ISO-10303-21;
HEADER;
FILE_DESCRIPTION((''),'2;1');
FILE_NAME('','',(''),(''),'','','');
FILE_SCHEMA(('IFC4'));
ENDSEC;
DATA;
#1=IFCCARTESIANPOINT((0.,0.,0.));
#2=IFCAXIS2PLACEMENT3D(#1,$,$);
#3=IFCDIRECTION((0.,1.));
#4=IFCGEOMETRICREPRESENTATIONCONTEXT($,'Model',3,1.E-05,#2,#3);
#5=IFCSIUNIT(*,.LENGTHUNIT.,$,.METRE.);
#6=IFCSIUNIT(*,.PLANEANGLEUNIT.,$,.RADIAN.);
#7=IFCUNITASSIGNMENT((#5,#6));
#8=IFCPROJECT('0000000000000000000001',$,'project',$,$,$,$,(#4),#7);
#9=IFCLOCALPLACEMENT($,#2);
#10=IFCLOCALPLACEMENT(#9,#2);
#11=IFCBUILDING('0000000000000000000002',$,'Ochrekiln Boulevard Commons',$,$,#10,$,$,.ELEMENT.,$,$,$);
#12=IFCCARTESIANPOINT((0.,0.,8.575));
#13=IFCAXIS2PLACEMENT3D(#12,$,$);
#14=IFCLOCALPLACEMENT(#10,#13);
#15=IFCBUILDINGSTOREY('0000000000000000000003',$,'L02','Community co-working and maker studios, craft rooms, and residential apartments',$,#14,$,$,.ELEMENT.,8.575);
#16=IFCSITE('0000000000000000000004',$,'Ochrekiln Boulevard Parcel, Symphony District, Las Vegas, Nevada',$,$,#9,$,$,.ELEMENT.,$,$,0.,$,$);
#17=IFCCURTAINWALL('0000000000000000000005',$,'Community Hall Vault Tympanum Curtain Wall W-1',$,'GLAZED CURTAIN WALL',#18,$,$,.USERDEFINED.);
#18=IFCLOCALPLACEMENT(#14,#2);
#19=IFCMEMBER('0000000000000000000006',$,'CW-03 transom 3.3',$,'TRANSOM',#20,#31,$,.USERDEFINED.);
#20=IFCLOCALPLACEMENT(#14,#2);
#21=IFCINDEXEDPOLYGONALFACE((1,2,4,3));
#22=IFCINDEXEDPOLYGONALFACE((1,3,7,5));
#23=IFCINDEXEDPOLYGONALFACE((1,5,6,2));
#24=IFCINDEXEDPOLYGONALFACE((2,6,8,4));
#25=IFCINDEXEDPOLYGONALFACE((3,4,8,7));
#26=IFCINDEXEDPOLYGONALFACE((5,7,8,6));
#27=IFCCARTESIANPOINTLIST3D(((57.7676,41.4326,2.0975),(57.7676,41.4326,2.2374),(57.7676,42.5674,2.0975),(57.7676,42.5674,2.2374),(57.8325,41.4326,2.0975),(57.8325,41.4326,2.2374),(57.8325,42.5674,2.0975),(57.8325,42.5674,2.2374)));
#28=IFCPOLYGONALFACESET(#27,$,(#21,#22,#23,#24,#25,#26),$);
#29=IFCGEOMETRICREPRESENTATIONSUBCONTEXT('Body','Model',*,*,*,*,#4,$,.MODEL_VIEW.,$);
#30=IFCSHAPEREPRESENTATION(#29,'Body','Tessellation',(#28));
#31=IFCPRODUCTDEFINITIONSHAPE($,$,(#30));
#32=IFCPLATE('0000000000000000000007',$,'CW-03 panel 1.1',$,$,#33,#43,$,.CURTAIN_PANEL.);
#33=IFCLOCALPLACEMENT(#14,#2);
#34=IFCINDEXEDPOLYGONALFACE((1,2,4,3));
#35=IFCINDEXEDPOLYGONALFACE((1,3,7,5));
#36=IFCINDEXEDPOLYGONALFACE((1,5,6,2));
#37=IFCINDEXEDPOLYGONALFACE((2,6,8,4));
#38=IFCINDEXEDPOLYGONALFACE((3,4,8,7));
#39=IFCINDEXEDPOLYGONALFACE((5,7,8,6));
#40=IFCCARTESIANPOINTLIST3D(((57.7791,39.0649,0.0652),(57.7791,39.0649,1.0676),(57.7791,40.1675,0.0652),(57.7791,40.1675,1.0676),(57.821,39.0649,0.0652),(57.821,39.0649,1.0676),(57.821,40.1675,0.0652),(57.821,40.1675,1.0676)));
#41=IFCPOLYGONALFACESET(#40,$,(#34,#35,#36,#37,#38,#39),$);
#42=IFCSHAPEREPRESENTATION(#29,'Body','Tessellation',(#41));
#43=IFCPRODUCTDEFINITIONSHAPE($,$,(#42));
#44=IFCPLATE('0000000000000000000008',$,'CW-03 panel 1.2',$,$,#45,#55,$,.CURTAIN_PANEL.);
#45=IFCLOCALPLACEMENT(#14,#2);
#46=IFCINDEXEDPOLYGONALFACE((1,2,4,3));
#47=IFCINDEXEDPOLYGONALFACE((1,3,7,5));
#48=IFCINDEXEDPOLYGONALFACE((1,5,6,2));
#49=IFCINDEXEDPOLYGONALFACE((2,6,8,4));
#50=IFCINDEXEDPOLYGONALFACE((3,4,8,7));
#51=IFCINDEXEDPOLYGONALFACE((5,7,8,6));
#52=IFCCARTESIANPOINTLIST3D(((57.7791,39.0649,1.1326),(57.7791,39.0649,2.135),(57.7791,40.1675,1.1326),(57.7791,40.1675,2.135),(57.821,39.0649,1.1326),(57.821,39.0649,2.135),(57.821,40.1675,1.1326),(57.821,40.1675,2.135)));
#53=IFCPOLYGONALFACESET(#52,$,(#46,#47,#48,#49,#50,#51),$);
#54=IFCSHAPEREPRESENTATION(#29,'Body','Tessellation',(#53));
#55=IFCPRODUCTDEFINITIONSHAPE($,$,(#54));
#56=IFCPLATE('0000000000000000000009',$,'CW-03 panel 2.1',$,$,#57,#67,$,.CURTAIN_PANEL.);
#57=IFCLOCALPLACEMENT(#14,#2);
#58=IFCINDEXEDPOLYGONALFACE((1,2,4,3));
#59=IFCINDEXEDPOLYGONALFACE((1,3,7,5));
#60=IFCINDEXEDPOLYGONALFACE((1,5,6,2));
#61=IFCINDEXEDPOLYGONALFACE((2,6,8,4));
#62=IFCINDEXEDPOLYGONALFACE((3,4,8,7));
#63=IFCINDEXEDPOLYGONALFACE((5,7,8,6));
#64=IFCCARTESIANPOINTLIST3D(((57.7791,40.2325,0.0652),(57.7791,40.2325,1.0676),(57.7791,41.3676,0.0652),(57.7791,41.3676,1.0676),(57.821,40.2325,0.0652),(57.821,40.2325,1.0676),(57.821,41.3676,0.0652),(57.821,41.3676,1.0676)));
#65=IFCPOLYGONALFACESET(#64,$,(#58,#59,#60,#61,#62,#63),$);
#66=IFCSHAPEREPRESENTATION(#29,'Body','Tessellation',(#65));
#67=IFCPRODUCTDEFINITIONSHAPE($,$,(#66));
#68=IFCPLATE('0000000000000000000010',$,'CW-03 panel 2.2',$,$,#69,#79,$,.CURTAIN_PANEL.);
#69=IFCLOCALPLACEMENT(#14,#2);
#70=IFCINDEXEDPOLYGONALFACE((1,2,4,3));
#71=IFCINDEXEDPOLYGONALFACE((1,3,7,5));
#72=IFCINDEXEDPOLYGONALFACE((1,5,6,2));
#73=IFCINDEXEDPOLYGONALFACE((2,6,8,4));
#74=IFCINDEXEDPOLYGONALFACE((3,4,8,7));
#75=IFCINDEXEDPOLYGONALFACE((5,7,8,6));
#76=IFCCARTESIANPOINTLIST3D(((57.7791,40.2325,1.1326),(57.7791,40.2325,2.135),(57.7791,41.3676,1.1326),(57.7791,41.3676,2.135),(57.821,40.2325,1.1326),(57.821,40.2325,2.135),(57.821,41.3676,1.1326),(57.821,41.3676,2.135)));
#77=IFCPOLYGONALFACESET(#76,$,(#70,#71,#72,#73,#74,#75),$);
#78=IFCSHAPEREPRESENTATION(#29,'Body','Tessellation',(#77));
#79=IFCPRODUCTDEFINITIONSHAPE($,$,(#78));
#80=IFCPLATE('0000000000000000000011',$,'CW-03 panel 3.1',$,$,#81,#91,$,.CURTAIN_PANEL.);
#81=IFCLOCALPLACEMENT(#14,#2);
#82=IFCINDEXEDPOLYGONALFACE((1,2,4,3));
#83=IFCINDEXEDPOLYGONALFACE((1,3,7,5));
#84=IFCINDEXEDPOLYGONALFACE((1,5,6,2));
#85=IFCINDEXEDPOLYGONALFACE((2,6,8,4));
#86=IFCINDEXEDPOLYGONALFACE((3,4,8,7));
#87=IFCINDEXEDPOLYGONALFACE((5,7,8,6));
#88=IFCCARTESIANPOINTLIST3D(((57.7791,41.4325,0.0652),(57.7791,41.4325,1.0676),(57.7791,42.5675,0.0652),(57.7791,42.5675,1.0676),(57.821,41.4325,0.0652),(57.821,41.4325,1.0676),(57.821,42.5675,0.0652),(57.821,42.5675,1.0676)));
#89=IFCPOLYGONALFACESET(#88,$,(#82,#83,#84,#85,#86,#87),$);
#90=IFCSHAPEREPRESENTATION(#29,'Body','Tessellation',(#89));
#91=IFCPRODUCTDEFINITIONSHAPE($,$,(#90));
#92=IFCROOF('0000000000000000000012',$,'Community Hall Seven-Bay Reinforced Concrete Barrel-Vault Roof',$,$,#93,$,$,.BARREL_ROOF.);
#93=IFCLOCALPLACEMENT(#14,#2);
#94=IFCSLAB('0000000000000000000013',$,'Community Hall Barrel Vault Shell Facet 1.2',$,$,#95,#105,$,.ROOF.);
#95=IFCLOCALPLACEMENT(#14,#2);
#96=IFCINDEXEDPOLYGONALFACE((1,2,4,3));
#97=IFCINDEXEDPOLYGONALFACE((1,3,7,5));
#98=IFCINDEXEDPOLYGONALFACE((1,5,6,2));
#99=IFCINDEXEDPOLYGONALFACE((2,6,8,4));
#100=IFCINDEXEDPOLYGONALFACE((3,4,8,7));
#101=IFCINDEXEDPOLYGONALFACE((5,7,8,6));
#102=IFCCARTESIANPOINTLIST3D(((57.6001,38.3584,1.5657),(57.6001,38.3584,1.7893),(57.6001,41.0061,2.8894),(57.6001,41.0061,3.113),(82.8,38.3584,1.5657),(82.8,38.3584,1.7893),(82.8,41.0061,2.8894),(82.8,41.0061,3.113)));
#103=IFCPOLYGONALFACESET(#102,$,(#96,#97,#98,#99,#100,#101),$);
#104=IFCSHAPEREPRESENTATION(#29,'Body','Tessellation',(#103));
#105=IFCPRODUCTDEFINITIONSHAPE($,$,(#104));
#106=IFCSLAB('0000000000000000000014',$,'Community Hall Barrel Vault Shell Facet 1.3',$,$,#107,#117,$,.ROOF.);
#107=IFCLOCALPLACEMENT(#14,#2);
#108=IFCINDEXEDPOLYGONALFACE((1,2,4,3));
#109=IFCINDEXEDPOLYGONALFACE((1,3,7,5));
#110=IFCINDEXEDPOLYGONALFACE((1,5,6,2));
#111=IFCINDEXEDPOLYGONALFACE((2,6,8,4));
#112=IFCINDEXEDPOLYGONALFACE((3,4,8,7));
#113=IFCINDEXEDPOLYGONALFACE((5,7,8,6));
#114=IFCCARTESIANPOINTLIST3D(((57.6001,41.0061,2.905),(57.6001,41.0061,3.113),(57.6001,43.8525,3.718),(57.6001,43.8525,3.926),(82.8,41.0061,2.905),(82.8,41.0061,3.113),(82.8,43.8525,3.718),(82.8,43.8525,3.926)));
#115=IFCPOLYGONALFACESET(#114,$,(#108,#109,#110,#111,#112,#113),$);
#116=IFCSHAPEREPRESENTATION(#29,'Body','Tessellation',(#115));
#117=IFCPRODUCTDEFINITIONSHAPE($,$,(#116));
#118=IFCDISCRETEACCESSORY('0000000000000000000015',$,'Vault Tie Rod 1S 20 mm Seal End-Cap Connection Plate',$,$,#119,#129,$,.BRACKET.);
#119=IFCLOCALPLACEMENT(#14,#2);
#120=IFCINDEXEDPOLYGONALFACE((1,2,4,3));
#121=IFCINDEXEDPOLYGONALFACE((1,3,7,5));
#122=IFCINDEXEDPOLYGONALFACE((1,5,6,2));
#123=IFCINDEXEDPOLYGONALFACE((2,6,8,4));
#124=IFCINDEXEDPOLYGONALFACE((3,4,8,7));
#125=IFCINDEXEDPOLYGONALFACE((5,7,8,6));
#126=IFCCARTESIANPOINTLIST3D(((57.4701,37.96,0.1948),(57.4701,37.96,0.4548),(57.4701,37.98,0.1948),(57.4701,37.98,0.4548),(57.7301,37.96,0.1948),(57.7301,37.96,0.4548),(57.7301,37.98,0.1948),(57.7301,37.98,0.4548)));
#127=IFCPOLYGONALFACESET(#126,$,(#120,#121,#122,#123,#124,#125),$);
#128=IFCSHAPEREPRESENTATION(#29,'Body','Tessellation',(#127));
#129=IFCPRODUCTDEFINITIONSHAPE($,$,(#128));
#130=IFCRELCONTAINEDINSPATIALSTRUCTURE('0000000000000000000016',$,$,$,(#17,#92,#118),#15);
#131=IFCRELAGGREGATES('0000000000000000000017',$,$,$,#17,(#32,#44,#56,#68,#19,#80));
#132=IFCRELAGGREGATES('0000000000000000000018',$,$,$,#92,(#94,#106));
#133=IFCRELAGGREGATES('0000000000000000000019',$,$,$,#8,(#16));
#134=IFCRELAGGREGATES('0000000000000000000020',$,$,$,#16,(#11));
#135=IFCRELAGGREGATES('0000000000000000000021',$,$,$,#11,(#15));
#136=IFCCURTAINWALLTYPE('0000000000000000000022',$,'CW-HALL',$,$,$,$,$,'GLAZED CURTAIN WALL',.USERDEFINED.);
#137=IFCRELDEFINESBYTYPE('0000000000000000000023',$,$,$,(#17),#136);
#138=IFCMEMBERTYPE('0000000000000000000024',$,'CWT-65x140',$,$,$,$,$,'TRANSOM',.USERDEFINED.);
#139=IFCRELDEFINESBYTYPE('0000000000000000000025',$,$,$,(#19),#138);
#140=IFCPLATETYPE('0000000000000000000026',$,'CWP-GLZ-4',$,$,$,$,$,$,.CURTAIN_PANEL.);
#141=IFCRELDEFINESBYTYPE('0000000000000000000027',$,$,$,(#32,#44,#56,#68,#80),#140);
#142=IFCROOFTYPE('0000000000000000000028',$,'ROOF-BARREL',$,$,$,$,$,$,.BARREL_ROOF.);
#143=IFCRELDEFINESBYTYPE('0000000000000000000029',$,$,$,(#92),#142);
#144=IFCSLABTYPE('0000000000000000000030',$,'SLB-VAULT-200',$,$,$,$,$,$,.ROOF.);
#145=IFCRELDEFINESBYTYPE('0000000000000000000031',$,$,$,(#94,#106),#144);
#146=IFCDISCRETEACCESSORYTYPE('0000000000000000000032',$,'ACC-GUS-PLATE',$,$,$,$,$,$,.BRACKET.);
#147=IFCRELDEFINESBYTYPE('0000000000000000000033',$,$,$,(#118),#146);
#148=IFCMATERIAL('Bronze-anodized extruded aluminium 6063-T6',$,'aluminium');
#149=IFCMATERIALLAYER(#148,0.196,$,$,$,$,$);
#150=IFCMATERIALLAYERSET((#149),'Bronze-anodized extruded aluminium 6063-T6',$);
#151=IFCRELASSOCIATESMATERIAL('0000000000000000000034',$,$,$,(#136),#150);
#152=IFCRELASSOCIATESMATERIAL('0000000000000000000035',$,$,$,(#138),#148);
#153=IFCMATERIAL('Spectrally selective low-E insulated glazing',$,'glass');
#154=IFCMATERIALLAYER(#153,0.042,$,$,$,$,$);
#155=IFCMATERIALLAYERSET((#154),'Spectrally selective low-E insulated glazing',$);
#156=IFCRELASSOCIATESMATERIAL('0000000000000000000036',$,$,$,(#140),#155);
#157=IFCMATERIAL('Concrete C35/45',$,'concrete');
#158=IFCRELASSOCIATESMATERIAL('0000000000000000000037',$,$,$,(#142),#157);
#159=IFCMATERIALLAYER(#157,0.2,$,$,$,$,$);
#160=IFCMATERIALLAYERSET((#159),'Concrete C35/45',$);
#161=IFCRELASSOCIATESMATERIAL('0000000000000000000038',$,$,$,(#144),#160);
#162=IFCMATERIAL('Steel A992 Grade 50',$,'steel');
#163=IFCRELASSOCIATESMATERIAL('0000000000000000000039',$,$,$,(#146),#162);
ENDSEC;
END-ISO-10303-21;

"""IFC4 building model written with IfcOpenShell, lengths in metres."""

from ifc_helpers import new_model, si_unit, direction, frame, origin, origin_2d, place, context, subcontext, project, spatial, polyline, rectangle, outline, extrude, material, layer, layer_set, material_profile, profile_set, type_object, element, aggregate, save


model = new_model("IFC4")

# Units and contexts
model_context = context("Model", 3, precision=1e-05, world=origin(), true_north=direction((0.0, 1.0)))
body_context = subcontext(model_context, "Body", "Model", "MODEL_VIEW")
ifc_project = project(units=[si_unit("LENGTHUNIT", "METRE"), si_unit("PLANEANGLEUNIT", "RADIAN")], contexts=[model_context])

# Site, building, storey
site_placement = place(None, origin())
site = spatial("IfcSite", under=ifc_project, at=site_placement, Name="Ochrekiln Boulevard Parcel, Symphony District, Las Vegas, Nevada", CompositionType="ELEMENT", RefElevation=0.0)
building_placement = place(site_placement, origin())
building = spatial("IfcBuilding", under=site, at=building_placement, Name="Ochrekiln Boulevard Commons", CompositionType="ELEMENT")
storey_placement = place(building_placement, frame((0.0, 0.0, 8.575)))
storey = spatial("IfcBuildingStorey", under=building, at=storey_placement, Name="L02", Description="Community co-working and maker studios, craft rooms, and residential apartments", CompositionType="ELEMENT", Elevation=8.575)

# Curtain wall, member, plates
ifc_material_1 = material(Name="Bronze-anodized extruded aluminium 6063-T6", Category="aluminium")
ifc_layer_1 = layer(ifc_material_1, 0.196)
ifc_layer_set_1 = layer_set([ifc_layer_1], Name="Bronze-anodized extruded aluminium 6063-T6")
curtain_wall_type = type_object("IfcCurtainWallType", Name="CW-HALL", ElementType="GLAZED CURTAIN WALL", PredefinedType="USERDEFINED", material=ifc_layer_set_1)
curtain_wall_placement = place(storey_placement, origin())
curtain_wall = element("IfcCurtainWall", 1, at=curtain_wall_placement, inside=storey, type_object=curtain_wall_type, Name="Community Hall Vault Tympanum Curtain Wall W-1", ObjectType="GLAZED CURTAIN WALL", PredefinedType="USERDEFINED")
ifc_material_profile_1 = material_profile(ifc_material_1, rectangle(XDim=0.0649, YDim=0.1399, at=origin_2d()), Name="ALU-TRN-65x140")
ifc_profile_set_1 = profile_set([ifc_material_profile_1], Name="Bronze-anodized extruded aluminium 6063-T6")
member_type_1 = type_object("IfcMemberType", Name="CWT-65x140", ElementType="TRANSOM", PredefinedType="USERDEFINED", material=ifc_profile_set_1)
member_1_placement = place(storey_placement, frame((57.8, 41.4326, 2.1675), z_axis=(0.0, 1.0, 0.0), x_axis=(-1.0, 0.0, 0.0)))
member_1 = element("IfcMember", 2, at=member_1_placement, type_object=member_type_1, Name="CW-03 transom 3.3", ObjectType="TRANSOM", PredefinedType="USERDEFINED", context=body_context, shape_type="SweptSolid", body=[
    extrude(rectangle(XDim=0.0649, YDim=0.1399, at=origin_2d()), origin(), (0.0, 0.0, 1.0), 1.1348),
])
ifc_material_2 = material(Name="Spectrally selective low-E insulated glazing", Category="glass")
ifc_layer_2 = layer(ifc_material_2, 0.042)
ifc_layer_set_2 = layer_set([ifc_layer_2], Name="Spectrally selective low-E insulated glazing")
plate_type = type_object("IfcPlateType", Name="CWP-GLZ-4", PredefinedType="CURTAIN_PANEL", material=ifc_layer_set_2)
plate_1_placement = place(storey_placement, frame((57.8, 39.6162, 0.0652), z_axis=(0.0, 0.0, 1.0), x_axis=(0.0, 1.0, 0.0)))
plate_1 = element("IfcPlate", 3, at=plate_1_placement, type_object=plate_type, Name="CW-03 panel 1.1", PredefinedType="CURTAIN_PANEL", context=body_context, shape_type="SweptSolid", body=[
    extrude(rectangle(XDim=1.1025, YDim=0.042, at=origin_2d()), origin(), (0.0, 0.0, 1.0), 1.0024),
])
plate_2_placement = place(storey_placement, frame((57.8, 39.6162, 1.1326), z_axis=(0.0, 0.0, 1.0), x_axis=(0.0, 1.0, 0.0)))
plate_2 = element("IfcPlate", 4, at=plate_2_placement, type_object=plate_type, Name="CW-03 panel 1.2", PredefinedType="CURTAIN_PANEL", context=body_context, shape_type="SweptSolid", body=[
    extrude(rectangle(XDim=1.1025, YDim=0.042, at=origin_2d()), origin(), (0.0, 0.0, 1.0), 1.0024),
])
plate_3_placement = place(storey_placement, frame((57.8, 40.8, 0.0652), z_axis=(0.0, 0.0, 1.0), x_axis=(0.0, 1.0, 0.0)))
plate_3 = element("IfcPlate", 5, at=plate_3_placement, type_object=plate_type, Name="CW-03 panel 2.1", PredefinedType="CURTAIN_PANEL", context=body_context, shape_type="SweptSolid", body=[
    extrude(rectangle(XDim=1.135, YDim=0.042, at=origin_2d()), origin(), (0.0, 0.0, 1.0), 1.0024),
])
plate_4_placement = place(storey_placement, frame((57.8, 40.8, 1.1326), z_axis=(0.0, 0.0, 1.0), x_axis=(0.0, 1.0, 0.0)))
plate_4 = element("IfcPlate", 6, at=plate_4_placement, type_object=plate_type, Name="CW-03 panel 2.2", PredefinedType="CURTAIN_PANEL", context=body_context, shape_type="SweptSolid", body=[
    extrude(rectangle(XDim=1.135, YDim=0.042, at=origin_2d()), origin(), (0.0, 0.0, 1.0), 1.0024),
])
plate_5_placement = place(storey_placement, frame((57.8, 42.0, 0.0652), z_axis=(0.0, 0.0, 1.0), x_axis=(0.0, 1.0, 0.0)))
plate_5 = element("IfcPlate", 7, at=plate_5_placement, type_object=plate_type, Name="CW-03 panel 3.1", PredefinedType="CURTAIN_PANEL", context=body_context, shape_type="SweptSolid", body=[
    extrude(rectangle(XDim=1.135, YDim=0.042, at=origin_2d()), origin(), (0.0, 0.0, 1.0), 1.0024),
])
aggregate(curtain_wall, [plate_1, plate_2, plate_3, plate_4, member_1, plate_5])

# Roof, slabs
ifc_material_3 = material(Name="Concrete C35/45", Category="concrete")
roof_type = type_object("IfcRoofType", Name="ROOF-BARREL", PredefinedType="BARREL_ROOF", material=ifc_material_3)
roof_placement = place(storey_placement, origin())
roof = element("IfcRoof", 8, at=roof_placement, inside=storey, type_object=roof_type, Name="Community Hall Seven-Bay Reinforced Concrete Barrel-Vault Roof", PredefinedType="BARREL_ROOF")
ifc_layer_3 = layer(ifc_material_3, 0.2)
ifc_layer_set_3 = layer_set([ifc_layer_3], Name="Concrete C35/45")
slab_type = type_object("IfcSlabType", Name="SLB-VAULT-200", PredefinedType="ROOF", material=ifc_layer_set_3)
slab_1_placement = place(storey_placement, frame((57.6001, 38.3584, 1.7893), z_axis=(1.0, 0.0, 0.0), x_axis=(0.0, 1.0, 0.0)))
slab_1 = element("IfcSlab", 9, at=slab_1_placement, type_object=slab_type, Name="Community Hall Barrel Vault Shell Facet 1.2", PredefinedType="ROOF", context=body_context, shape_type="SweptSolid", body=[
    extrude(outline(polyline([(0.0, 0.0), (2.6477, 1.3237), (2.6477, 1.1001), (0.0, -0.2236), (0.0, 0.0)])), origin(), (0.0, 0.0, 1.0), 25.2),
])
slab_2_placement = place(storey_placement, frame((57.6001, 41.0061, 3.113), z_axis=(1.0, 0.0, 0.0), x_axis=(0.0, 1.0, 0.0)))
slab_2 = element("IfcSlab", 10, at=slab_2_placement, type_object=slab_type, Name="Community Hall Barrel Vault Shell Facet 1.3", PredefinedType="ROOF", context=body_context, shape_type="SweptSolid", body=[
    extrude(outline(polyline([(0.0, 0.0), (2.8464, 0.813), (2.8464, 0.605), (0.0, -0.208), (0.0, 0.0)])), origin(), (0.0, 0.0, 1.0), 25.2),
])
aggregate(roof, [slab_1, slab_2])

# Discrete accessory
ifc_material_4 = material(Name="Steel A992 Grade 50", Category="steel")
discrete_accessory_type = type_object("IfcDiscreteAccessoryType", Name="ACC-GUS-PLATE", PredefinedType="BRACKET", material=ifc_material_4)
discrete_accessory_placement = place(storey_placement, frame((57.6001, 37.97, 0.1948), z_axis=(0.0, 0.0, 1.0), x_axis=(1.0, 0.0, 0.0)))
element("IfcDiscreteAccessory", 11, at=discrete_accessory_placement, inside=storey, type_object=discrete_accessory_type, Name="Vault Tie Rod 1S 20 mm Seal End-Cap Connection Plate", PredefinedType="BRACKET", context=body_context, shape_type="SweptSolid", body=[
    extrude(rectangle(XDim=0.26, YDim=0.02, at=origin_2d()), origin(), (0.0, 0.0, 1.0), 0.26),
])

save(model, "model.ifc")
